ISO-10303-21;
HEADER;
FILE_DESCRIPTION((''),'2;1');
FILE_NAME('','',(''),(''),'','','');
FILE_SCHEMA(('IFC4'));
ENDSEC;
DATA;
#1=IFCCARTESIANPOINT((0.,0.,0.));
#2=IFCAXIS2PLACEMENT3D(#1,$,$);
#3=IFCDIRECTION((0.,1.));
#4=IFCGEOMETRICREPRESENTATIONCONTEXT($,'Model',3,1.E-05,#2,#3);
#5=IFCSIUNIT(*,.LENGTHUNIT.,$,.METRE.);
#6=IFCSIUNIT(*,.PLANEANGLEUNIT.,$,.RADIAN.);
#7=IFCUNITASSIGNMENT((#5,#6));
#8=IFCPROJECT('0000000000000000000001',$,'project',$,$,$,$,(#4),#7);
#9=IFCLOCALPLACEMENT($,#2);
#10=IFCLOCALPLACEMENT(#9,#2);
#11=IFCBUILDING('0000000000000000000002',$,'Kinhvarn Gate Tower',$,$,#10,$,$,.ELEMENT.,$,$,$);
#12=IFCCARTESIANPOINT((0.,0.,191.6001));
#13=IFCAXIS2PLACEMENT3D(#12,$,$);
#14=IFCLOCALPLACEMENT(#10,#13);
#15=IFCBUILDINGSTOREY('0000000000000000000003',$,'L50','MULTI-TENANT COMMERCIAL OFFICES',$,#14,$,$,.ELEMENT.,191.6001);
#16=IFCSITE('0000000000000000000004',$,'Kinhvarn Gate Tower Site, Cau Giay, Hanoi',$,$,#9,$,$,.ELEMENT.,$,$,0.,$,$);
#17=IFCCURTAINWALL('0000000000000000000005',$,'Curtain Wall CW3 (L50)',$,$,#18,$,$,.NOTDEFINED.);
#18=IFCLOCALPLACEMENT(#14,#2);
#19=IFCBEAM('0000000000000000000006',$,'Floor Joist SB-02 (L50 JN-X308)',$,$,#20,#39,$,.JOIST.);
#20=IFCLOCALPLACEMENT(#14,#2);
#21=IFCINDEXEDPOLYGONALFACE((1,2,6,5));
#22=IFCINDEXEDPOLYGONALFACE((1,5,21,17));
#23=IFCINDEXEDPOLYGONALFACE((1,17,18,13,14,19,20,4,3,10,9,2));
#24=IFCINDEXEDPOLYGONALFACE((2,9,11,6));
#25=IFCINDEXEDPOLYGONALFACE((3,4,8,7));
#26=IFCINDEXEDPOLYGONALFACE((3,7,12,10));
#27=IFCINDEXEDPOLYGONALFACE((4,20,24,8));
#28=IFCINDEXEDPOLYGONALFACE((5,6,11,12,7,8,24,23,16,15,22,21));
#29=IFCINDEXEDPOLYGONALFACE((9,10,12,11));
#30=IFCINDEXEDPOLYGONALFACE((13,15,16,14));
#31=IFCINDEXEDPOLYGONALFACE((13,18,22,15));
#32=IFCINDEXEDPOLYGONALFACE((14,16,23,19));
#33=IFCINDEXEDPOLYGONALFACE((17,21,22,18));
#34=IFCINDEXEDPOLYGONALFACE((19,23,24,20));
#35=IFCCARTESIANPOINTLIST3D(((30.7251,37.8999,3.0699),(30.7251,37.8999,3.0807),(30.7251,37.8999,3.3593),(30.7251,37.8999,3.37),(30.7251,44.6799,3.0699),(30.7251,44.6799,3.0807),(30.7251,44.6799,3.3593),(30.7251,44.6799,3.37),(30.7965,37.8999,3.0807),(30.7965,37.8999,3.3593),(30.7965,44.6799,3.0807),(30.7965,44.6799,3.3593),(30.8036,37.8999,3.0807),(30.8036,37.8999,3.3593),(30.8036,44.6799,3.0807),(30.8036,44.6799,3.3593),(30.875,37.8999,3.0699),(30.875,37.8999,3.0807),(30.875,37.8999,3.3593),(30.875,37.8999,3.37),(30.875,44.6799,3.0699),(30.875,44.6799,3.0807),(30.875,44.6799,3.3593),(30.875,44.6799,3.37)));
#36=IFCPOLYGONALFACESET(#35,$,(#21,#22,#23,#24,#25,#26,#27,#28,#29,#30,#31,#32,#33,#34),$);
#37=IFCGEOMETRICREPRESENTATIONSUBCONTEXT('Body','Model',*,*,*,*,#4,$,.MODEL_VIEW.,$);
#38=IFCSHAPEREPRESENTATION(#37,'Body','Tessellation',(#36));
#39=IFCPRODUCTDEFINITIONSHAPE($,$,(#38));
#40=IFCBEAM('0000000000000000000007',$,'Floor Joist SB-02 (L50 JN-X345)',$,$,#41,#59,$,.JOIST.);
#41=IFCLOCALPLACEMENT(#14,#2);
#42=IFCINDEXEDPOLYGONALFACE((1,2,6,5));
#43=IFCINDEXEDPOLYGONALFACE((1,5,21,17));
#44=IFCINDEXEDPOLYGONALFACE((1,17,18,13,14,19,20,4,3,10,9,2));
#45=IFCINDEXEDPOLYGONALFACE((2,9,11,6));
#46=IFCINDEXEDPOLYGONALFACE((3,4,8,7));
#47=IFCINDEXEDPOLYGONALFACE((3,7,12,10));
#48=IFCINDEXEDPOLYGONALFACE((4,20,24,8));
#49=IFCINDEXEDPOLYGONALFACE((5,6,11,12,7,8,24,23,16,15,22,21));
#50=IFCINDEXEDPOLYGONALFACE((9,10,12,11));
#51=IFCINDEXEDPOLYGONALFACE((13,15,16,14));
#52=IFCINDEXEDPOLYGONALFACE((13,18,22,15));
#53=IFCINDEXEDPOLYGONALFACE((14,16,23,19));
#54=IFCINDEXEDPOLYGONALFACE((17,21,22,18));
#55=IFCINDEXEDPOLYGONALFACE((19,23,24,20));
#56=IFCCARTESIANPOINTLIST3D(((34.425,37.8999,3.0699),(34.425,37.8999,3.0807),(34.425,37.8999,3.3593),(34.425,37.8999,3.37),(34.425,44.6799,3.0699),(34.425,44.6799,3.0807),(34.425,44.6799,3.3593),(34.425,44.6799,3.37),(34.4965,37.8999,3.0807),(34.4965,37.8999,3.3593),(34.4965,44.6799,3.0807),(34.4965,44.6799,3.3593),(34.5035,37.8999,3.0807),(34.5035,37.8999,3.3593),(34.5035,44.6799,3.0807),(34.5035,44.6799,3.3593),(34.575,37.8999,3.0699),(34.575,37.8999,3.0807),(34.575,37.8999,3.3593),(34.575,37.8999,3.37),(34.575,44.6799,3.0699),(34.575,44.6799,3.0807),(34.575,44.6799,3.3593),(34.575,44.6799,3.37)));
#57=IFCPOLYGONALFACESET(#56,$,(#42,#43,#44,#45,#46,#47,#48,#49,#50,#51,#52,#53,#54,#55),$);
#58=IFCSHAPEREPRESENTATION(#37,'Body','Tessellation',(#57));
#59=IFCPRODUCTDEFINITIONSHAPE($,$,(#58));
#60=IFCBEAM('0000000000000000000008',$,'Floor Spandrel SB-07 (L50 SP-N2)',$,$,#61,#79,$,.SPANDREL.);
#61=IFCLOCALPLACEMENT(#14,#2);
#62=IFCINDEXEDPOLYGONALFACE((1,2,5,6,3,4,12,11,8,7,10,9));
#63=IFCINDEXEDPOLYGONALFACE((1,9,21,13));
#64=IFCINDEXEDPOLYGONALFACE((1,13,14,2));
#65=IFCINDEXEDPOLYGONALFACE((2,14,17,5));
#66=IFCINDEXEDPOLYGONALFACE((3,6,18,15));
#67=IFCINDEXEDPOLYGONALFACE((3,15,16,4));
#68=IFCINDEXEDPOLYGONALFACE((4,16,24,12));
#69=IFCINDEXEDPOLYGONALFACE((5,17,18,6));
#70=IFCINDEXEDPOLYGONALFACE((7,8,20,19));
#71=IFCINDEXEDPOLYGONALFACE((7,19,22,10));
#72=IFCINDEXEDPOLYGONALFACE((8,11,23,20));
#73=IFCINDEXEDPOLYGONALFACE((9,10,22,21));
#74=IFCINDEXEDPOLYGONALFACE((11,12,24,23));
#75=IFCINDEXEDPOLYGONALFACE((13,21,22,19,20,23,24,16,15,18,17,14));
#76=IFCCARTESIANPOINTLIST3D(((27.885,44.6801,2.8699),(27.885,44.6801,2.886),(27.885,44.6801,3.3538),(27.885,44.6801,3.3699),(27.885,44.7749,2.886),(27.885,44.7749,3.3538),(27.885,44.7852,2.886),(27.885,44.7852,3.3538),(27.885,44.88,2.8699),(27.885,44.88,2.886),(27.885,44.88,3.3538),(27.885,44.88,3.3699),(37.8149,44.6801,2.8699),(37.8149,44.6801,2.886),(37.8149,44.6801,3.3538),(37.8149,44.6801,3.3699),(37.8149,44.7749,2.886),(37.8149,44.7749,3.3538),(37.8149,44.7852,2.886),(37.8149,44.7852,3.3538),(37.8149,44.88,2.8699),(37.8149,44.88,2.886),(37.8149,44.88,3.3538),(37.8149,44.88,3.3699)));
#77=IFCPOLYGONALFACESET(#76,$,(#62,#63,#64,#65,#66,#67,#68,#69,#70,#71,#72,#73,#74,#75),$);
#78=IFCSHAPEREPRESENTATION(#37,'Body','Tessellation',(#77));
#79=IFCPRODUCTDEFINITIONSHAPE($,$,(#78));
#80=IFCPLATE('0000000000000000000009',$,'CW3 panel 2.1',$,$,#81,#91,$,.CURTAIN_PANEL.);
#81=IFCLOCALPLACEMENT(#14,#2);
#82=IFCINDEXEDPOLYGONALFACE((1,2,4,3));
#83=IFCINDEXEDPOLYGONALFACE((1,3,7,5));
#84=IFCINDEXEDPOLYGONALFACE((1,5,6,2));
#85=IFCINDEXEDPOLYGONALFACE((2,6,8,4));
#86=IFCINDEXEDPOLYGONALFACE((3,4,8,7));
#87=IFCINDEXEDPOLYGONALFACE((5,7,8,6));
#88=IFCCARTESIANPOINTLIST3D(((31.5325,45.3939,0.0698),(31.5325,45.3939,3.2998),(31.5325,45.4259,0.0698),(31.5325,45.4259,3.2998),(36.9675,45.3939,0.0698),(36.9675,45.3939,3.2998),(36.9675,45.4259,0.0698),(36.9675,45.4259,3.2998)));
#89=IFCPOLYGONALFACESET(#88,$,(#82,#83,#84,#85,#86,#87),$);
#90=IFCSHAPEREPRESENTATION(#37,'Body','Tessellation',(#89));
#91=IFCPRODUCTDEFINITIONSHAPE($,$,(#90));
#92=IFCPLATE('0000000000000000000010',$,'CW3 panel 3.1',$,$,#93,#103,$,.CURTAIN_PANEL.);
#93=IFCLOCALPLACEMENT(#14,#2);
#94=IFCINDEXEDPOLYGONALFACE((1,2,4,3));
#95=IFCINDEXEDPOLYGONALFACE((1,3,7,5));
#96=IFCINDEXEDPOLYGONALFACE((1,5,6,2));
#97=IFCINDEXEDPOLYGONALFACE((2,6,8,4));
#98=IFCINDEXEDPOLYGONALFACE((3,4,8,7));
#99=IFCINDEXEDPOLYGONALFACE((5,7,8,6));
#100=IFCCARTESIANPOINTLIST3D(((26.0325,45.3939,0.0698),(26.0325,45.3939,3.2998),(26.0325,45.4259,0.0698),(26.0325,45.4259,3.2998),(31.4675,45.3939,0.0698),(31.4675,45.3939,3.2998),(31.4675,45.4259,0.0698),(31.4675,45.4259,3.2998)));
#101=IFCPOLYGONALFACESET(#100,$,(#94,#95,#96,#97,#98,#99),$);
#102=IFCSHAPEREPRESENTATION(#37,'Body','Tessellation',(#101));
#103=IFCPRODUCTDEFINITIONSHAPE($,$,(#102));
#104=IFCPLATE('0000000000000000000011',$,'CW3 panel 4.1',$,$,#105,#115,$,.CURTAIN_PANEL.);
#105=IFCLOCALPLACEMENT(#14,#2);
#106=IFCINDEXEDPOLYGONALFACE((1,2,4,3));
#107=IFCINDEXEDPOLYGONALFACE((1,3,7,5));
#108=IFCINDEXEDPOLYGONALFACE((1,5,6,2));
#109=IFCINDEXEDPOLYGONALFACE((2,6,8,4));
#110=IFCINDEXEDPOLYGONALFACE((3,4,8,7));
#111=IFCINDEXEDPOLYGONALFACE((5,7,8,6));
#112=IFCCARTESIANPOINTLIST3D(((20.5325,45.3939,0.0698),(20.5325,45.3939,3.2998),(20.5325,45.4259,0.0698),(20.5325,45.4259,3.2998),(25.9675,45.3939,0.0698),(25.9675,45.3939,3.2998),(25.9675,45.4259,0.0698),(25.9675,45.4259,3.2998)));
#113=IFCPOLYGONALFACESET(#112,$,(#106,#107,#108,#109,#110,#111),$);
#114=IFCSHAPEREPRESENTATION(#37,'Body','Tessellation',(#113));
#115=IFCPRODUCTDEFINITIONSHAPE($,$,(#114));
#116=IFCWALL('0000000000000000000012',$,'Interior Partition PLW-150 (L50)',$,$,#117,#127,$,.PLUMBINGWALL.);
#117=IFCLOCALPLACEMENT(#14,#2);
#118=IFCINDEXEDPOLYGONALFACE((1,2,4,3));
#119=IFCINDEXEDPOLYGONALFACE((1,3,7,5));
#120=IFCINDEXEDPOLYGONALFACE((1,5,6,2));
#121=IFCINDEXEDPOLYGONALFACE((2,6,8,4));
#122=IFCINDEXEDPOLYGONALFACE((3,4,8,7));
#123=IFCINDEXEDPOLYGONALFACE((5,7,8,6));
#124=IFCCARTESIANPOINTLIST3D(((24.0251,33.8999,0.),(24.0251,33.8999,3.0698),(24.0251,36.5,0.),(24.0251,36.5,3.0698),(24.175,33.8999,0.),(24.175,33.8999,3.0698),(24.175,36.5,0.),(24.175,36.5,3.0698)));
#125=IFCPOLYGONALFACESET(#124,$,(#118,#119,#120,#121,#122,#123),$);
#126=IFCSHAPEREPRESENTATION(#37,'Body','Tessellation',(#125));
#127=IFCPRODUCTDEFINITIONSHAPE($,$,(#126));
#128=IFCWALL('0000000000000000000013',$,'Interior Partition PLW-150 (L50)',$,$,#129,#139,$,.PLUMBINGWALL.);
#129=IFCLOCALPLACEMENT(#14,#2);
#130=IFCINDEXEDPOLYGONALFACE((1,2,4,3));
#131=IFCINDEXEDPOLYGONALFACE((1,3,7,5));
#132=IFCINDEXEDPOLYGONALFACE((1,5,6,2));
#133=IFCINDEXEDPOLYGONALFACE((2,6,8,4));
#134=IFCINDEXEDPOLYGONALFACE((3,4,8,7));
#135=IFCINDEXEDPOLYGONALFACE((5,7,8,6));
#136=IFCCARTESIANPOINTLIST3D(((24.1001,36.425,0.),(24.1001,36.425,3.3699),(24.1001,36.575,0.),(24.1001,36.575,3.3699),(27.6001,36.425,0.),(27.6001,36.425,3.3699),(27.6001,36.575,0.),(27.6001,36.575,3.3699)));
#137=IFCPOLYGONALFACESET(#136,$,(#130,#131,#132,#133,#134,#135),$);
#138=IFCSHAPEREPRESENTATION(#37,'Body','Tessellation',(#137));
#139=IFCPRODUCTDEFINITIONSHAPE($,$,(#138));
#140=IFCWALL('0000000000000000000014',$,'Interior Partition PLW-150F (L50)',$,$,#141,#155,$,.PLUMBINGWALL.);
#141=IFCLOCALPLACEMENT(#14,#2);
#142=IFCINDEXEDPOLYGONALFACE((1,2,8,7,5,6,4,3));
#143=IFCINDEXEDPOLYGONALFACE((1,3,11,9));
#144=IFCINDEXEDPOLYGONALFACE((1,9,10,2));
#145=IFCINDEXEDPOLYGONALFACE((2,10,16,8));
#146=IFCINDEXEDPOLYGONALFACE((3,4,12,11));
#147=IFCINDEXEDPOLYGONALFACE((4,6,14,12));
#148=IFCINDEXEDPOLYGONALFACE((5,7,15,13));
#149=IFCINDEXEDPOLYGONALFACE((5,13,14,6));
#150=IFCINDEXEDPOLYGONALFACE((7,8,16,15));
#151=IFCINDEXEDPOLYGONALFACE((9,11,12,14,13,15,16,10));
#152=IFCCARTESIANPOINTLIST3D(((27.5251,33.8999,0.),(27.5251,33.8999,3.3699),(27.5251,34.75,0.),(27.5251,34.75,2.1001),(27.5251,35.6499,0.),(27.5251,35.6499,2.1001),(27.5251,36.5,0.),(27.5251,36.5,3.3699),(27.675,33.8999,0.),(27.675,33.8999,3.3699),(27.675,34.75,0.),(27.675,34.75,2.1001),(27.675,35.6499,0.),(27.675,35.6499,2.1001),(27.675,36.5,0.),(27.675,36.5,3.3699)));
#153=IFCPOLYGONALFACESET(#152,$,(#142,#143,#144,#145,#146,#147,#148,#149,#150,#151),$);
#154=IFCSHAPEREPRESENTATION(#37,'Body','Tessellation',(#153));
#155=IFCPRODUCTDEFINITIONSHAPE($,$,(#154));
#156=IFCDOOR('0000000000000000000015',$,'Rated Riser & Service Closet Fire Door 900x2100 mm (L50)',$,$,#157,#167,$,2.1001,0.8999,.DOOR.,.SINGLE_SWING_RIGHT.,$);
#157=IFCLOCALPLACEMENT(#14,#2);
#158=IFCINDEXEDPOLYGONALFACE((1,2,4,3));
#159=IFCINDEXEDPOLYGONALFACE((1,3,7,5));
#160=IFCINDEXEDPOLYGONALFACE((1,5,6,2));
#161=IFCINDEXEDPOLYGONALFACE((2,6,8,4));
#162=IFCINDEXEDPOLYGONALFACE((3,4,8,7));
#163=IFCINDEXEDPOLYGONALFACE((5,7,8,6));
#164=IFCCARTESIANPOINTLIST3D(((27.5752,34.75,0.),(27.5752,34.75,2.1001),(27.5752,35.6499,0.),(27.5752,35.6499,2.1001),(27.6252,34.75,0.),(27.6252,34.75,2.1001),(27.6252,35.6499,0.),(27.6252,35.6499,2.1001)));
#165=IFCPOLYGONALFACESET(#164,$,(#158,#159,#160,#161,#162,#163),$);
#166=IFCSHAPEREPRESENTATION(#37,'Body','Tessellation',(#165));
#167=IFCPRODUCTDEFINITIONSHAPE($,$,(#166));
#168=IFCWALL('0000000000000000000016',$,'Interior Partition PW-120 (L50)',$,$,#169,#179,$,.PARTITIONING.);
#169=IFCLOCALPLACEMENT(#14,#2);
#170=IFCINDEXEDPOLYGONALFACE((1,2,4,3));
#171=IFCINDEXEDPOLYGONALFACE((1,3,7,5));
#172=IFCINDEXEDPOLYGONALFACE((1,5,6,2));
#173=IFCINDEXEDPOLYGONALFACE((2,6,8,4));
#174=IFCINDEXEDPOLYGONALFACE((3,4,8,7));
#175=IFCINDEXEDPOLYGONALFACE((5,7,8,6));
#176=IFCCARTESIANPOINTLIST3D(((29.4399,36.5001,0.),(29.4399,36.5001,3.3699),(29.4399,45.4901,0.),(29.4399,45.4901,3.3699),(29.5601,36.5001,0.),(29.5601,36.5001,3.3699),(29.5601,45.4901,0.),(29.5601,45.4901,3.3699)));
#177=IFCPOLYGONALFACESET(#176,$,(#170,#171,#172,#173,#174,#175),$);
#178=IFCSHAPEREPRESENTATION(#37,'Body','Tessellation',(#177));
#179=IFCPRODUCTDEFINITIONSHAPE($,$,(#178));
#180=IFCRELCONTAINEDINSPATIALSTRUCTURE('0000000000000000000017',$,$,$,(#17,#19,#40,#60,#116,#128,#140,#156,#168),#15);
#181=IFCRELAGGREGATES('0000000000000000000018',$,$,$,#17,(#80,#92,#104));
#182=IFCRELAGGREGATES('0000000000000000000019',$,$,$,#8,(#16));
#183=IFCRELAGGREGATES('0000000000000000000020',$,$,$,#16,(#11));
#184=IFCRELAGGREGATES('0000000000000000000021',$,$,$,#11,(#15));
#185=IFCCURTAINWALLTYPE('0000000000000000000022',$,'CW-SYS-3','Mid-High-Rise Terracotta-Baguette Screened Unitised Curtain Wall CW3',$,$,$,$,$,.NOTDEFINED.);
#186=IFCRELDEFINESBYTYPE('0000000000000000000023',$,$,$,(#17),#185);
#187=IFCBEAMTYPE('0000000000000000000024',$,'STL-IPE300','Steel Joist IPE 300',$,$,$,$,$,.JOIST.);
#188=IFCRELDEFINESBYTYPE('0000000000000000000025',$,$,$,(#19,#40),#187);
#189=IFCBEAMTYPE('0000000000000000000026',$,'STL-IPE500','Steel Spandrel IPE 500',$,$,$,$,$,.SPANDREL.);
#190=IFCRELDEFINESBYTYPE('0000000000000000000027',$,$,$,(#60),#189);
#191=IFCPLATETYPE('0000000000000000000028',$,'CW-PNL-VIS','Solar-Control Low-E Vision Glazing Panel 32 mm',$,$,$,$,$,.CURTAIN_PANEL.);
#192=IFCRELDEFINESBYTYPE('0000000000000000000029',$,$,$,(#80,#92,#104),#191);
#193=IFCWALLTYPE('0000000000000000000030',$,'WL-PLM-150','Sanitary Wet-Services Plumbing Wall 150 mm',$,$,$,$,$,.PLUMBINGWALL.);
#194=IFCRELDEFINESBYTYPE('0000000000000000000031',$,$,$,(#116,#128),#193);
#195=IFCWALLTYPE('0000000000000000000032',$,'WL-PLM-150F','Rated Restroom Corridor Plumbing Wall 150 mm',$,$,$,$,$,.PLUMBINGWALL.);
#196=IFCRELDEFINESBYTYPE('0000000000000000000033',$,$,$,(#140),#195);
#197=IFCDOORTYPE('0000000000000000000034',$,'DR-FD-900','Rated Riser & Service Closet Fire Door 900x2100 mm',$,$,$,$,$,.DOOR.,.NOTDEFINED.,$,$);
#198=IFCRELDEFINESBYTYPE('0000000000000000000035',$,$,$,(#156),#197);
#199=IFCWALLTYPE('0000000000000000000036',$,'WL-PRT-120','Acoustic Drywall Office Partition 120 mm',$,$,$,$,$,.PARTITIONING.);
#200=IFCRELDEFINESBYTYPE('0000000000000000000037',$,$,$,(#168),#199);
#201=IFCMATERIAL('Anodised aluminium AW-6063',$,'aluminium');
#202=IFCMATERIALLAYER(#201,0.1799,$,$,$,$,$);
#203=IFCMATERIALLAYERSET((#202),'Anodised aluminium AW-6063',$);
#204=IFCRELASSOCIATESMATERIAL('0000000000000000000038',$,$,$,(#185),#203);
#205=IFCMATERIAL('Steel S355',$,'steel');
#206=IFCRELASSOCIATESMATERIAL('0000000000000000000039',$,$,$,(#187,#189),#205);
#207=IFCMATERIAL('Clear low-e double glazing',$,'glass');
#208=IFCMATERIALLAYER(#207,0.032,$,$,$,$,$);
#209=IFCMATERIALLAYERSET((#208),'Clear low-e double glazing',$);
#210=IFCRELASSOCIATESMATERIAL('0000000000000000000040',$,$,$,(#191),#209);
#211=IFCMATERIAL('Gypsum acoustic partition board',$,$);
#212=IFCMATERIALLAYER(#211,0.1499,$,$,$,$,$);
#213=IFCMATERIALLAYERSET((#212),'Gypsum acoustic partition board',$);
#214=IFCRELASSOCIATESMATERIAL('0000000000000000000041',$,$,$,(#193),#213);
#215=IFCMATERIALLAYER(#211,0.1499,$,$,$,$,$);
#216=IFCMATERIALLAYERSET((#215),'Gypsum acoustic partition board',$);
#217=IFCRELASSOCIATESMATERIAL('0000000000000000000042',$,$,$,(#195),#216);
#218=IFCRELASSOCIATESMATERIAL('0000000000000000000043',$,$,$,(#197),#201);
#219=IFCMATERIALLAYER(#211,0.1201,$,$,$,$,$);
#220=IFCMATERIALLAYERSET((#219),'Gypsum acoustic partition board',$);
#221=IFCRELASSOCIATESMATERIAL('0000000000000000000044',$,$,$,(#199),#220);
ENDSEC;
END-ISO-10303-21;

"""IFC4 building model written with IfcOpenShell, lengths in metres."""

from ifc_helpers import new_model, si_unit, direction, frame, frame_2d, origin, origin_2d, place, context, subcontext, project, spatial, rectangle, i_section, extrude, material, layer, layer_set, material_profile, profile_set, type_object, element, fill, aggregate, save


model = new_model("IFC4")

# Units and contexts
model_context = context("Model", 3, precision=1e-05, world=origin(), true_north=direction((0.0, 1.0)))
body_context = subcontext(model_context, "Body", "Model", "MODEL_VIEW")
ifc_project = project(units=[si_unit("LENGTHUNIT", "METRE"), si_unit("PLANEANGLEUNIT", "RADIAN")], contexts=[model_context])

# Site, building, storey
site_placement = place(None, origin())
site = spatial("IfcSite", under=ifc_project, at=site_placement, Name="Kinhvarn Gate Tower Site, Cau Giay, Hanoi", CompositionType="ELEMENT", RefElevation=0.0)
building_placement = place(site_placement, origin())
building = spatial("IfcBuilding", under=site, at=building_placement, Name="Kinhvarn Gate Tower", CompositionType="ELEMENT")
storey_placement = place(building_placement, frame((0.0, 0.0, 191.6001)))
storey = spatial("IfcBuildingStorey", under=building, at=storey_placement, Name="L50", Description="MULTI-TENANT COMMERCIAL OFFICES", CompositionType="ELEMENT", Elevation=191.6001)

# Curtain wall
ifc_material_1 = material(Name="Anodised aluminium AW-6063", Category="aluminium")
ifc_layer_1 = layer(ifc_material_1, 0.1799)
ifc_layer_set_1 = layer_set([ifc_layer_1], Name="Anodised aluminium AW-6063")
curtain_wall_type = type_object("IfcCurtainWallType", Name="CW-SYS-3", Description="Mid-High-Rise Terracotta-Baguette Screened Unitised Curtain Wall CW3", PredefinedType="NOTDEFINED", material=ifc_layer_set_1)
curtain_wall_placement = place(storey_placement, origin())
curtain_wall = element("IfcCurtainWall", 1, at=curtain_wall_placement, inside=storey, type_object=curtain_wall_type, Name="Curtain Wall CW3 (L50)", PredefinedType="NOTDEFINED")

# Beams
ifc_material_2 = material(Name="Steel S355", Category="steel")
ifc_material_profile_1 = material_profile(ifc_material_2, i_section(OverallWidth=0.1499, OverallDepth=0.3, WebThickness=0.0071, FlangeThickness=0.0107, at=origin_2d()), Name="IPE 300")
ifc_profile_set_1 = profile_set([ifc_material_profile_1], Name="Steel S355")
beam_type_1 = type_object("IfcBeamType", Name="STL-IPE300", Description="Steel Joist IPE 300", PredefinedType="JOIST", material=ifc_profile_set_1)
for number, where, z_axis, x_axis, name in (
    (2, (30.8, 37.8999, 3.22), (0.0, 1.0, 0.0), (-1.0, 0.0, 0.0), "Floor Joist SB-02 (L50 JN-X308)"),
    (3, (34.5, 37.8999, 3.22), (0.0, 1.0, 0.0), (-1.0, 0.0, 0.0), "Floor Joist SB-02 (L50 JN-X345)"),
):
    element("IfcBeam", number, at=place(storey_placement, frame(where, z_axis=z_axis, x_axis=x_axis)), inside=storey, type_object=beam_type_1, Name=name, PredefinedType="JOIST", context=body_context, shape_type="SweptSolid", body=[
        extrude(i_section(OverallWidth=0.1499, OverallDepth=0.3, WebThickness=0.0071, FlangeThickness=0.0107, at=origin_2d()), origin(), (0.0, 0.0, 1.0), 6.78),
    ])
ifc_material_profile_2 = material_profile(ifc_material_2, i_section(OverallWidth=0.2, OverallDepth=0.5, WebThickness=0.0103, FlangeThickness=0.0161, at=origin_2d()), Name="IPE 500")
ifc_profile_set_2 = profile_set([ifc_material_profile_2], Name="Steel S355")
beam_type_2 = type_object("IfcBeamType", Name="STL-IPE500", Description="Steel Spandrel IPE 500", PredefinedType="SPANDREL", material=ifc_profile_set_2)
beam_1_placement = place(storey_placement, frame((27.885, 44.78, 3.1199), z_axis=(1.0, 0.0, 0.0), x_axis=(0.0, 1.0, 0.0)))
element("IfcBeam", 4, at=beam_1_placement, inside=storey, type_object=beam_type_2, Name="Floor Spandrel SB-07 (L50 SP-N2)", PredefinedType="SPANDREL", context=body_context, shape_type="SweptSolid", body=[
    extrude(i_section(OverallWidth=0.2, OverallDepth=0.5, WebThickness=0.0103, FlangeThickness=0.0161, at=origin_2d()), origin(), (0.0, 0.0, 1.0), 9.9299),
])

# Plates
ifc_material_3 = material(Name="Clear low-e double glazing", Category="glass")
ifc_layer_2 = layer(ifc_material_3, 0.032)
ifc_layer_set_2 = layer_set([ifc_layer_2], Name="Clear low-e double glazing")
plate_type = type_object("IfcPlateType", Name="CW-PNL-VIS", Description="Solar-Control Low-E Vision Glazing Panel 32 mm", PredefinedType="CURTAIN_PANEL", material=ifc_layer_set_2)
plate_1_placement = place(storey_placement, frame((34.25, 45.4099, 0.0698), z_axis=(0.0, 0.0, 1.0), x_axis=(-1.0, 0.0, 0.0)))
plate_1 = element("IfcPlate", 5, at=plate_1_placement, type_object=plate_type, Name="CW3 panel 2.1", PredefinedType="CURTAIN_PANEL", context=body_context, shape_type="SweptSolid", body=[
    extrude(rectangle(XDim=5.4351, YDim=0.032, at=origin_2d()), origin(), (0.0, 0.0, 1.0), 3.23),
])
plate_2_placement = place(storey_placement, frame((28.75, 45.4099, 0.0698), z_axis=(0.0, 0.0, 1.0), x_axis=(-1.0, 0.0, 0.0)))
plate_2 = element("IfcPlate", 6, at=plate_2_placement, type_object=plate_type, Name="CW3 panel 3.1", PredefinedType="CURTAIN_PANEL", context=body_context, shape_type="SweptSolid", body=[
    extrude(rectangle(XDim=5.4351, YDim=0.032, at=origin_2d()), origin(), (0.0, 0.0, 1.0), 3.23),
])
plate_3_placement = place(storey_placement, frame((23.25, 45.4099, 0.0698), z_axis=(0.0, 0.0, 1.0), x_axis=(-1.0, 0.0, 0.0)))
plate_3 = element("IfcPlate", 7, at=plate_3_placement, type_object=plate_type, Name="CW3 panel 4.1", PredefinedType="CURTAIN_PANEL", context=body_context, shape_type="SweptSolid", body=[
    extrude(rectangle(XDim=5.4351, YDim=0.032, at=origin_2d()), origin(), (0.0, 0.0, 1.0), 3.23),
])
aggregate(curtain_wall, [plate_1, plate_2, plate_3])

# Walls
ifc_material_4 = material(Name="Gypsum acoustic partition board")
ifc_layer_3 = layer(ifc_material_4, 0.1499)
ifc_layer_set_3 = layer_set([ifc_layer_3], Name="Gypsum acoustic partition board")
wall_type_1 = type_object("IfcWallType", Name="WL-PLM-150", Description="Sanitary Wet-Services Plumbing Wall 150 mm", PredefinedType="PLUMBINGWALL", material=ifc_layer_set_3)
wall_1_placement = place(storey_placement, frame((24.1001, 33.8999, 0.0), z_axis=(0.0, 0.0, 1.0), x_axis=(0.0, 1.0, 0.0)))
element("IfcWall", 8, at=wall_1_placement, inside=storey, type_object=wall_type_1, Name="Interior Partition PLW-150 (L50)", PredefinedType="PLUMBINGWALL", context=body_context, shape_type="SweptSolid", body=[
    extrude(rectangle(XDim=2.6001, YDim=0.1499, at=frame_2d((1.3, 0.0))), origin(), (0.0, 0.0, 1.0), 3.0698),
])
wall_2_placement = place(storey_placement, frame((24.1001, 36.5, 0.0), z_axis=(0.0, 0.0, 1.0), x_axis=(1.0, 0.0, 0.0)))
element("IfcWall", 9, at=wall_2_placement, inside=storey, type_object=wall_type_1, Name="Interior Partition PLW-150 (L50)", PredefinedType="PLUMBINGWALL", context=body_context, shape_type="SweptSolid", body=[
    extrude(rectangle(XDim=3.5, YDim=0.1499, at=frame_2d((1.75, 0.0))), origin(), (0.0, 0.0, 1.0), 3.3699),
])

# Wall, opening, door
ifc_layer_4 = layer(ifc_material_4, 0.1499)
ifc_layer_set_4 = layer_set([ifc_layer_4], Name="Gypsum acoustic partition board")
wall_type_2 = type_object("IfcWallType", Name="WL-PLM-150F", Description="Rated Restroom Corridor Plumbing Wall 150 mm", PredefinedType="PLUMBINGWALL", material=ifc_layer_set_4)
wall_3_placement = place(storey_placement, frame((27.6001, 33.8999, 0.0), z_axis=(0.0, 0.0, 1.0), x_axis=(0.0, 1.0, 0.0)))
wall_3 = element("IfcWall", 10, at=wall_3_placement, inside=storey, type_object=wall_type_2, Name="Interior Partition PLW-150F (L50)", PredefinedType="PLUMBINGWALL", context=body_context, shape_type="SweptSolid", body=[
    extrude(rectangle(XDim=2.6001, YDim=0.1499, at=frame_2d((1.3, 0.0))), origin(), (0.0, 0.0, 1.0), 3.3699),
])
opening_placement = place(wall_3_placement, frame((0.8501, 0.0, 0.0)))
opening = element("IfcOpeningElement", 11, at=opening_placement, cuts=wall_3, PredefinedType="OPENING", context=body_context, shape_type="SweptSolid", body=[
    extrude(rectangle(XDim=0.8999, YDim=2.1001, at=frame_2d((0.45, 1.05))), frame((0.0, 0.085, 0.0), z_axis=(0.0, -1.0, 0.0), x_axis=(1.0, 0.0, 0.0)), (0.0, 0.0, 1.0), 0.1699),
])
door_type = type_object("IfcDoorType", Name="DR-FD-900", Description="Rated Riser & Service Closet Fire Door 900x2100 mm", OperationType="NOTDEFINED", PredefinedType="DOOR", material=ifc_material_1)
door_placement = place(opening_placement, origin())
door = element("IfcDoor", 12, at=door_placement, inside=storey, type_object=door_type, Name="Rated Riser & Service Closet Fire Door 900x2100 mm (L50)", OperationType="SINGLE_SWING_RIGHT", OverallHeight=2.1001, OverallWidth=0.8999, PredefinedType="DOOR", context=body_context, shape_type="SweptSolid", body=[
    extrude(rectangle(XDim=0.8999, YDim=2.1001, at=frame_2d((0.45, 1.05))), frame((0.0, 0.0249, 0.0), z_axis=(0.0, -1.0, 0.0), x_axis=(1.0, 0.0, 0.0)), (0.0, 0.0, 1.0), 0.05),
])
fill(opening, door)

# Wall
ifc_layer_5 = layer(ifc_material_4, 0.1201)
ifc_layer_set_5 = layer_set([ifc_layer_5], Name="Gypsum acoustic partition board")
wall_type_3 = type_object("IfcWallType", Name="WL-PRT-120", Description="Acoustic Drywall Office Partition 120 mm", PredefinedType="PARTITIONING", material=ifc_layer_set_5)
wall_4_placement = place(storey_placement, frame((29.5, 36.5, 0.0), z_axis=(0.0, 0.0, 1.0), x_axis=(0.0, 1.0, 0.0)))
element("IfcWall", 13, at=wall_4_placement, inside=storey, type_object=wall_type_3, Name="Interior Partition PW-120 (L50)", PredefinedType="PARTITIONING", context=body_context, shape_type="SweptSolid", body=[
    extrude(rectangle(XDim=8.99, YDim=0.1201, at=frame_2d((4.4951, 0.0))), origin(), (0.0, 0.0, 1.0), 3.3699),
])

save(model, "model.ifc")
